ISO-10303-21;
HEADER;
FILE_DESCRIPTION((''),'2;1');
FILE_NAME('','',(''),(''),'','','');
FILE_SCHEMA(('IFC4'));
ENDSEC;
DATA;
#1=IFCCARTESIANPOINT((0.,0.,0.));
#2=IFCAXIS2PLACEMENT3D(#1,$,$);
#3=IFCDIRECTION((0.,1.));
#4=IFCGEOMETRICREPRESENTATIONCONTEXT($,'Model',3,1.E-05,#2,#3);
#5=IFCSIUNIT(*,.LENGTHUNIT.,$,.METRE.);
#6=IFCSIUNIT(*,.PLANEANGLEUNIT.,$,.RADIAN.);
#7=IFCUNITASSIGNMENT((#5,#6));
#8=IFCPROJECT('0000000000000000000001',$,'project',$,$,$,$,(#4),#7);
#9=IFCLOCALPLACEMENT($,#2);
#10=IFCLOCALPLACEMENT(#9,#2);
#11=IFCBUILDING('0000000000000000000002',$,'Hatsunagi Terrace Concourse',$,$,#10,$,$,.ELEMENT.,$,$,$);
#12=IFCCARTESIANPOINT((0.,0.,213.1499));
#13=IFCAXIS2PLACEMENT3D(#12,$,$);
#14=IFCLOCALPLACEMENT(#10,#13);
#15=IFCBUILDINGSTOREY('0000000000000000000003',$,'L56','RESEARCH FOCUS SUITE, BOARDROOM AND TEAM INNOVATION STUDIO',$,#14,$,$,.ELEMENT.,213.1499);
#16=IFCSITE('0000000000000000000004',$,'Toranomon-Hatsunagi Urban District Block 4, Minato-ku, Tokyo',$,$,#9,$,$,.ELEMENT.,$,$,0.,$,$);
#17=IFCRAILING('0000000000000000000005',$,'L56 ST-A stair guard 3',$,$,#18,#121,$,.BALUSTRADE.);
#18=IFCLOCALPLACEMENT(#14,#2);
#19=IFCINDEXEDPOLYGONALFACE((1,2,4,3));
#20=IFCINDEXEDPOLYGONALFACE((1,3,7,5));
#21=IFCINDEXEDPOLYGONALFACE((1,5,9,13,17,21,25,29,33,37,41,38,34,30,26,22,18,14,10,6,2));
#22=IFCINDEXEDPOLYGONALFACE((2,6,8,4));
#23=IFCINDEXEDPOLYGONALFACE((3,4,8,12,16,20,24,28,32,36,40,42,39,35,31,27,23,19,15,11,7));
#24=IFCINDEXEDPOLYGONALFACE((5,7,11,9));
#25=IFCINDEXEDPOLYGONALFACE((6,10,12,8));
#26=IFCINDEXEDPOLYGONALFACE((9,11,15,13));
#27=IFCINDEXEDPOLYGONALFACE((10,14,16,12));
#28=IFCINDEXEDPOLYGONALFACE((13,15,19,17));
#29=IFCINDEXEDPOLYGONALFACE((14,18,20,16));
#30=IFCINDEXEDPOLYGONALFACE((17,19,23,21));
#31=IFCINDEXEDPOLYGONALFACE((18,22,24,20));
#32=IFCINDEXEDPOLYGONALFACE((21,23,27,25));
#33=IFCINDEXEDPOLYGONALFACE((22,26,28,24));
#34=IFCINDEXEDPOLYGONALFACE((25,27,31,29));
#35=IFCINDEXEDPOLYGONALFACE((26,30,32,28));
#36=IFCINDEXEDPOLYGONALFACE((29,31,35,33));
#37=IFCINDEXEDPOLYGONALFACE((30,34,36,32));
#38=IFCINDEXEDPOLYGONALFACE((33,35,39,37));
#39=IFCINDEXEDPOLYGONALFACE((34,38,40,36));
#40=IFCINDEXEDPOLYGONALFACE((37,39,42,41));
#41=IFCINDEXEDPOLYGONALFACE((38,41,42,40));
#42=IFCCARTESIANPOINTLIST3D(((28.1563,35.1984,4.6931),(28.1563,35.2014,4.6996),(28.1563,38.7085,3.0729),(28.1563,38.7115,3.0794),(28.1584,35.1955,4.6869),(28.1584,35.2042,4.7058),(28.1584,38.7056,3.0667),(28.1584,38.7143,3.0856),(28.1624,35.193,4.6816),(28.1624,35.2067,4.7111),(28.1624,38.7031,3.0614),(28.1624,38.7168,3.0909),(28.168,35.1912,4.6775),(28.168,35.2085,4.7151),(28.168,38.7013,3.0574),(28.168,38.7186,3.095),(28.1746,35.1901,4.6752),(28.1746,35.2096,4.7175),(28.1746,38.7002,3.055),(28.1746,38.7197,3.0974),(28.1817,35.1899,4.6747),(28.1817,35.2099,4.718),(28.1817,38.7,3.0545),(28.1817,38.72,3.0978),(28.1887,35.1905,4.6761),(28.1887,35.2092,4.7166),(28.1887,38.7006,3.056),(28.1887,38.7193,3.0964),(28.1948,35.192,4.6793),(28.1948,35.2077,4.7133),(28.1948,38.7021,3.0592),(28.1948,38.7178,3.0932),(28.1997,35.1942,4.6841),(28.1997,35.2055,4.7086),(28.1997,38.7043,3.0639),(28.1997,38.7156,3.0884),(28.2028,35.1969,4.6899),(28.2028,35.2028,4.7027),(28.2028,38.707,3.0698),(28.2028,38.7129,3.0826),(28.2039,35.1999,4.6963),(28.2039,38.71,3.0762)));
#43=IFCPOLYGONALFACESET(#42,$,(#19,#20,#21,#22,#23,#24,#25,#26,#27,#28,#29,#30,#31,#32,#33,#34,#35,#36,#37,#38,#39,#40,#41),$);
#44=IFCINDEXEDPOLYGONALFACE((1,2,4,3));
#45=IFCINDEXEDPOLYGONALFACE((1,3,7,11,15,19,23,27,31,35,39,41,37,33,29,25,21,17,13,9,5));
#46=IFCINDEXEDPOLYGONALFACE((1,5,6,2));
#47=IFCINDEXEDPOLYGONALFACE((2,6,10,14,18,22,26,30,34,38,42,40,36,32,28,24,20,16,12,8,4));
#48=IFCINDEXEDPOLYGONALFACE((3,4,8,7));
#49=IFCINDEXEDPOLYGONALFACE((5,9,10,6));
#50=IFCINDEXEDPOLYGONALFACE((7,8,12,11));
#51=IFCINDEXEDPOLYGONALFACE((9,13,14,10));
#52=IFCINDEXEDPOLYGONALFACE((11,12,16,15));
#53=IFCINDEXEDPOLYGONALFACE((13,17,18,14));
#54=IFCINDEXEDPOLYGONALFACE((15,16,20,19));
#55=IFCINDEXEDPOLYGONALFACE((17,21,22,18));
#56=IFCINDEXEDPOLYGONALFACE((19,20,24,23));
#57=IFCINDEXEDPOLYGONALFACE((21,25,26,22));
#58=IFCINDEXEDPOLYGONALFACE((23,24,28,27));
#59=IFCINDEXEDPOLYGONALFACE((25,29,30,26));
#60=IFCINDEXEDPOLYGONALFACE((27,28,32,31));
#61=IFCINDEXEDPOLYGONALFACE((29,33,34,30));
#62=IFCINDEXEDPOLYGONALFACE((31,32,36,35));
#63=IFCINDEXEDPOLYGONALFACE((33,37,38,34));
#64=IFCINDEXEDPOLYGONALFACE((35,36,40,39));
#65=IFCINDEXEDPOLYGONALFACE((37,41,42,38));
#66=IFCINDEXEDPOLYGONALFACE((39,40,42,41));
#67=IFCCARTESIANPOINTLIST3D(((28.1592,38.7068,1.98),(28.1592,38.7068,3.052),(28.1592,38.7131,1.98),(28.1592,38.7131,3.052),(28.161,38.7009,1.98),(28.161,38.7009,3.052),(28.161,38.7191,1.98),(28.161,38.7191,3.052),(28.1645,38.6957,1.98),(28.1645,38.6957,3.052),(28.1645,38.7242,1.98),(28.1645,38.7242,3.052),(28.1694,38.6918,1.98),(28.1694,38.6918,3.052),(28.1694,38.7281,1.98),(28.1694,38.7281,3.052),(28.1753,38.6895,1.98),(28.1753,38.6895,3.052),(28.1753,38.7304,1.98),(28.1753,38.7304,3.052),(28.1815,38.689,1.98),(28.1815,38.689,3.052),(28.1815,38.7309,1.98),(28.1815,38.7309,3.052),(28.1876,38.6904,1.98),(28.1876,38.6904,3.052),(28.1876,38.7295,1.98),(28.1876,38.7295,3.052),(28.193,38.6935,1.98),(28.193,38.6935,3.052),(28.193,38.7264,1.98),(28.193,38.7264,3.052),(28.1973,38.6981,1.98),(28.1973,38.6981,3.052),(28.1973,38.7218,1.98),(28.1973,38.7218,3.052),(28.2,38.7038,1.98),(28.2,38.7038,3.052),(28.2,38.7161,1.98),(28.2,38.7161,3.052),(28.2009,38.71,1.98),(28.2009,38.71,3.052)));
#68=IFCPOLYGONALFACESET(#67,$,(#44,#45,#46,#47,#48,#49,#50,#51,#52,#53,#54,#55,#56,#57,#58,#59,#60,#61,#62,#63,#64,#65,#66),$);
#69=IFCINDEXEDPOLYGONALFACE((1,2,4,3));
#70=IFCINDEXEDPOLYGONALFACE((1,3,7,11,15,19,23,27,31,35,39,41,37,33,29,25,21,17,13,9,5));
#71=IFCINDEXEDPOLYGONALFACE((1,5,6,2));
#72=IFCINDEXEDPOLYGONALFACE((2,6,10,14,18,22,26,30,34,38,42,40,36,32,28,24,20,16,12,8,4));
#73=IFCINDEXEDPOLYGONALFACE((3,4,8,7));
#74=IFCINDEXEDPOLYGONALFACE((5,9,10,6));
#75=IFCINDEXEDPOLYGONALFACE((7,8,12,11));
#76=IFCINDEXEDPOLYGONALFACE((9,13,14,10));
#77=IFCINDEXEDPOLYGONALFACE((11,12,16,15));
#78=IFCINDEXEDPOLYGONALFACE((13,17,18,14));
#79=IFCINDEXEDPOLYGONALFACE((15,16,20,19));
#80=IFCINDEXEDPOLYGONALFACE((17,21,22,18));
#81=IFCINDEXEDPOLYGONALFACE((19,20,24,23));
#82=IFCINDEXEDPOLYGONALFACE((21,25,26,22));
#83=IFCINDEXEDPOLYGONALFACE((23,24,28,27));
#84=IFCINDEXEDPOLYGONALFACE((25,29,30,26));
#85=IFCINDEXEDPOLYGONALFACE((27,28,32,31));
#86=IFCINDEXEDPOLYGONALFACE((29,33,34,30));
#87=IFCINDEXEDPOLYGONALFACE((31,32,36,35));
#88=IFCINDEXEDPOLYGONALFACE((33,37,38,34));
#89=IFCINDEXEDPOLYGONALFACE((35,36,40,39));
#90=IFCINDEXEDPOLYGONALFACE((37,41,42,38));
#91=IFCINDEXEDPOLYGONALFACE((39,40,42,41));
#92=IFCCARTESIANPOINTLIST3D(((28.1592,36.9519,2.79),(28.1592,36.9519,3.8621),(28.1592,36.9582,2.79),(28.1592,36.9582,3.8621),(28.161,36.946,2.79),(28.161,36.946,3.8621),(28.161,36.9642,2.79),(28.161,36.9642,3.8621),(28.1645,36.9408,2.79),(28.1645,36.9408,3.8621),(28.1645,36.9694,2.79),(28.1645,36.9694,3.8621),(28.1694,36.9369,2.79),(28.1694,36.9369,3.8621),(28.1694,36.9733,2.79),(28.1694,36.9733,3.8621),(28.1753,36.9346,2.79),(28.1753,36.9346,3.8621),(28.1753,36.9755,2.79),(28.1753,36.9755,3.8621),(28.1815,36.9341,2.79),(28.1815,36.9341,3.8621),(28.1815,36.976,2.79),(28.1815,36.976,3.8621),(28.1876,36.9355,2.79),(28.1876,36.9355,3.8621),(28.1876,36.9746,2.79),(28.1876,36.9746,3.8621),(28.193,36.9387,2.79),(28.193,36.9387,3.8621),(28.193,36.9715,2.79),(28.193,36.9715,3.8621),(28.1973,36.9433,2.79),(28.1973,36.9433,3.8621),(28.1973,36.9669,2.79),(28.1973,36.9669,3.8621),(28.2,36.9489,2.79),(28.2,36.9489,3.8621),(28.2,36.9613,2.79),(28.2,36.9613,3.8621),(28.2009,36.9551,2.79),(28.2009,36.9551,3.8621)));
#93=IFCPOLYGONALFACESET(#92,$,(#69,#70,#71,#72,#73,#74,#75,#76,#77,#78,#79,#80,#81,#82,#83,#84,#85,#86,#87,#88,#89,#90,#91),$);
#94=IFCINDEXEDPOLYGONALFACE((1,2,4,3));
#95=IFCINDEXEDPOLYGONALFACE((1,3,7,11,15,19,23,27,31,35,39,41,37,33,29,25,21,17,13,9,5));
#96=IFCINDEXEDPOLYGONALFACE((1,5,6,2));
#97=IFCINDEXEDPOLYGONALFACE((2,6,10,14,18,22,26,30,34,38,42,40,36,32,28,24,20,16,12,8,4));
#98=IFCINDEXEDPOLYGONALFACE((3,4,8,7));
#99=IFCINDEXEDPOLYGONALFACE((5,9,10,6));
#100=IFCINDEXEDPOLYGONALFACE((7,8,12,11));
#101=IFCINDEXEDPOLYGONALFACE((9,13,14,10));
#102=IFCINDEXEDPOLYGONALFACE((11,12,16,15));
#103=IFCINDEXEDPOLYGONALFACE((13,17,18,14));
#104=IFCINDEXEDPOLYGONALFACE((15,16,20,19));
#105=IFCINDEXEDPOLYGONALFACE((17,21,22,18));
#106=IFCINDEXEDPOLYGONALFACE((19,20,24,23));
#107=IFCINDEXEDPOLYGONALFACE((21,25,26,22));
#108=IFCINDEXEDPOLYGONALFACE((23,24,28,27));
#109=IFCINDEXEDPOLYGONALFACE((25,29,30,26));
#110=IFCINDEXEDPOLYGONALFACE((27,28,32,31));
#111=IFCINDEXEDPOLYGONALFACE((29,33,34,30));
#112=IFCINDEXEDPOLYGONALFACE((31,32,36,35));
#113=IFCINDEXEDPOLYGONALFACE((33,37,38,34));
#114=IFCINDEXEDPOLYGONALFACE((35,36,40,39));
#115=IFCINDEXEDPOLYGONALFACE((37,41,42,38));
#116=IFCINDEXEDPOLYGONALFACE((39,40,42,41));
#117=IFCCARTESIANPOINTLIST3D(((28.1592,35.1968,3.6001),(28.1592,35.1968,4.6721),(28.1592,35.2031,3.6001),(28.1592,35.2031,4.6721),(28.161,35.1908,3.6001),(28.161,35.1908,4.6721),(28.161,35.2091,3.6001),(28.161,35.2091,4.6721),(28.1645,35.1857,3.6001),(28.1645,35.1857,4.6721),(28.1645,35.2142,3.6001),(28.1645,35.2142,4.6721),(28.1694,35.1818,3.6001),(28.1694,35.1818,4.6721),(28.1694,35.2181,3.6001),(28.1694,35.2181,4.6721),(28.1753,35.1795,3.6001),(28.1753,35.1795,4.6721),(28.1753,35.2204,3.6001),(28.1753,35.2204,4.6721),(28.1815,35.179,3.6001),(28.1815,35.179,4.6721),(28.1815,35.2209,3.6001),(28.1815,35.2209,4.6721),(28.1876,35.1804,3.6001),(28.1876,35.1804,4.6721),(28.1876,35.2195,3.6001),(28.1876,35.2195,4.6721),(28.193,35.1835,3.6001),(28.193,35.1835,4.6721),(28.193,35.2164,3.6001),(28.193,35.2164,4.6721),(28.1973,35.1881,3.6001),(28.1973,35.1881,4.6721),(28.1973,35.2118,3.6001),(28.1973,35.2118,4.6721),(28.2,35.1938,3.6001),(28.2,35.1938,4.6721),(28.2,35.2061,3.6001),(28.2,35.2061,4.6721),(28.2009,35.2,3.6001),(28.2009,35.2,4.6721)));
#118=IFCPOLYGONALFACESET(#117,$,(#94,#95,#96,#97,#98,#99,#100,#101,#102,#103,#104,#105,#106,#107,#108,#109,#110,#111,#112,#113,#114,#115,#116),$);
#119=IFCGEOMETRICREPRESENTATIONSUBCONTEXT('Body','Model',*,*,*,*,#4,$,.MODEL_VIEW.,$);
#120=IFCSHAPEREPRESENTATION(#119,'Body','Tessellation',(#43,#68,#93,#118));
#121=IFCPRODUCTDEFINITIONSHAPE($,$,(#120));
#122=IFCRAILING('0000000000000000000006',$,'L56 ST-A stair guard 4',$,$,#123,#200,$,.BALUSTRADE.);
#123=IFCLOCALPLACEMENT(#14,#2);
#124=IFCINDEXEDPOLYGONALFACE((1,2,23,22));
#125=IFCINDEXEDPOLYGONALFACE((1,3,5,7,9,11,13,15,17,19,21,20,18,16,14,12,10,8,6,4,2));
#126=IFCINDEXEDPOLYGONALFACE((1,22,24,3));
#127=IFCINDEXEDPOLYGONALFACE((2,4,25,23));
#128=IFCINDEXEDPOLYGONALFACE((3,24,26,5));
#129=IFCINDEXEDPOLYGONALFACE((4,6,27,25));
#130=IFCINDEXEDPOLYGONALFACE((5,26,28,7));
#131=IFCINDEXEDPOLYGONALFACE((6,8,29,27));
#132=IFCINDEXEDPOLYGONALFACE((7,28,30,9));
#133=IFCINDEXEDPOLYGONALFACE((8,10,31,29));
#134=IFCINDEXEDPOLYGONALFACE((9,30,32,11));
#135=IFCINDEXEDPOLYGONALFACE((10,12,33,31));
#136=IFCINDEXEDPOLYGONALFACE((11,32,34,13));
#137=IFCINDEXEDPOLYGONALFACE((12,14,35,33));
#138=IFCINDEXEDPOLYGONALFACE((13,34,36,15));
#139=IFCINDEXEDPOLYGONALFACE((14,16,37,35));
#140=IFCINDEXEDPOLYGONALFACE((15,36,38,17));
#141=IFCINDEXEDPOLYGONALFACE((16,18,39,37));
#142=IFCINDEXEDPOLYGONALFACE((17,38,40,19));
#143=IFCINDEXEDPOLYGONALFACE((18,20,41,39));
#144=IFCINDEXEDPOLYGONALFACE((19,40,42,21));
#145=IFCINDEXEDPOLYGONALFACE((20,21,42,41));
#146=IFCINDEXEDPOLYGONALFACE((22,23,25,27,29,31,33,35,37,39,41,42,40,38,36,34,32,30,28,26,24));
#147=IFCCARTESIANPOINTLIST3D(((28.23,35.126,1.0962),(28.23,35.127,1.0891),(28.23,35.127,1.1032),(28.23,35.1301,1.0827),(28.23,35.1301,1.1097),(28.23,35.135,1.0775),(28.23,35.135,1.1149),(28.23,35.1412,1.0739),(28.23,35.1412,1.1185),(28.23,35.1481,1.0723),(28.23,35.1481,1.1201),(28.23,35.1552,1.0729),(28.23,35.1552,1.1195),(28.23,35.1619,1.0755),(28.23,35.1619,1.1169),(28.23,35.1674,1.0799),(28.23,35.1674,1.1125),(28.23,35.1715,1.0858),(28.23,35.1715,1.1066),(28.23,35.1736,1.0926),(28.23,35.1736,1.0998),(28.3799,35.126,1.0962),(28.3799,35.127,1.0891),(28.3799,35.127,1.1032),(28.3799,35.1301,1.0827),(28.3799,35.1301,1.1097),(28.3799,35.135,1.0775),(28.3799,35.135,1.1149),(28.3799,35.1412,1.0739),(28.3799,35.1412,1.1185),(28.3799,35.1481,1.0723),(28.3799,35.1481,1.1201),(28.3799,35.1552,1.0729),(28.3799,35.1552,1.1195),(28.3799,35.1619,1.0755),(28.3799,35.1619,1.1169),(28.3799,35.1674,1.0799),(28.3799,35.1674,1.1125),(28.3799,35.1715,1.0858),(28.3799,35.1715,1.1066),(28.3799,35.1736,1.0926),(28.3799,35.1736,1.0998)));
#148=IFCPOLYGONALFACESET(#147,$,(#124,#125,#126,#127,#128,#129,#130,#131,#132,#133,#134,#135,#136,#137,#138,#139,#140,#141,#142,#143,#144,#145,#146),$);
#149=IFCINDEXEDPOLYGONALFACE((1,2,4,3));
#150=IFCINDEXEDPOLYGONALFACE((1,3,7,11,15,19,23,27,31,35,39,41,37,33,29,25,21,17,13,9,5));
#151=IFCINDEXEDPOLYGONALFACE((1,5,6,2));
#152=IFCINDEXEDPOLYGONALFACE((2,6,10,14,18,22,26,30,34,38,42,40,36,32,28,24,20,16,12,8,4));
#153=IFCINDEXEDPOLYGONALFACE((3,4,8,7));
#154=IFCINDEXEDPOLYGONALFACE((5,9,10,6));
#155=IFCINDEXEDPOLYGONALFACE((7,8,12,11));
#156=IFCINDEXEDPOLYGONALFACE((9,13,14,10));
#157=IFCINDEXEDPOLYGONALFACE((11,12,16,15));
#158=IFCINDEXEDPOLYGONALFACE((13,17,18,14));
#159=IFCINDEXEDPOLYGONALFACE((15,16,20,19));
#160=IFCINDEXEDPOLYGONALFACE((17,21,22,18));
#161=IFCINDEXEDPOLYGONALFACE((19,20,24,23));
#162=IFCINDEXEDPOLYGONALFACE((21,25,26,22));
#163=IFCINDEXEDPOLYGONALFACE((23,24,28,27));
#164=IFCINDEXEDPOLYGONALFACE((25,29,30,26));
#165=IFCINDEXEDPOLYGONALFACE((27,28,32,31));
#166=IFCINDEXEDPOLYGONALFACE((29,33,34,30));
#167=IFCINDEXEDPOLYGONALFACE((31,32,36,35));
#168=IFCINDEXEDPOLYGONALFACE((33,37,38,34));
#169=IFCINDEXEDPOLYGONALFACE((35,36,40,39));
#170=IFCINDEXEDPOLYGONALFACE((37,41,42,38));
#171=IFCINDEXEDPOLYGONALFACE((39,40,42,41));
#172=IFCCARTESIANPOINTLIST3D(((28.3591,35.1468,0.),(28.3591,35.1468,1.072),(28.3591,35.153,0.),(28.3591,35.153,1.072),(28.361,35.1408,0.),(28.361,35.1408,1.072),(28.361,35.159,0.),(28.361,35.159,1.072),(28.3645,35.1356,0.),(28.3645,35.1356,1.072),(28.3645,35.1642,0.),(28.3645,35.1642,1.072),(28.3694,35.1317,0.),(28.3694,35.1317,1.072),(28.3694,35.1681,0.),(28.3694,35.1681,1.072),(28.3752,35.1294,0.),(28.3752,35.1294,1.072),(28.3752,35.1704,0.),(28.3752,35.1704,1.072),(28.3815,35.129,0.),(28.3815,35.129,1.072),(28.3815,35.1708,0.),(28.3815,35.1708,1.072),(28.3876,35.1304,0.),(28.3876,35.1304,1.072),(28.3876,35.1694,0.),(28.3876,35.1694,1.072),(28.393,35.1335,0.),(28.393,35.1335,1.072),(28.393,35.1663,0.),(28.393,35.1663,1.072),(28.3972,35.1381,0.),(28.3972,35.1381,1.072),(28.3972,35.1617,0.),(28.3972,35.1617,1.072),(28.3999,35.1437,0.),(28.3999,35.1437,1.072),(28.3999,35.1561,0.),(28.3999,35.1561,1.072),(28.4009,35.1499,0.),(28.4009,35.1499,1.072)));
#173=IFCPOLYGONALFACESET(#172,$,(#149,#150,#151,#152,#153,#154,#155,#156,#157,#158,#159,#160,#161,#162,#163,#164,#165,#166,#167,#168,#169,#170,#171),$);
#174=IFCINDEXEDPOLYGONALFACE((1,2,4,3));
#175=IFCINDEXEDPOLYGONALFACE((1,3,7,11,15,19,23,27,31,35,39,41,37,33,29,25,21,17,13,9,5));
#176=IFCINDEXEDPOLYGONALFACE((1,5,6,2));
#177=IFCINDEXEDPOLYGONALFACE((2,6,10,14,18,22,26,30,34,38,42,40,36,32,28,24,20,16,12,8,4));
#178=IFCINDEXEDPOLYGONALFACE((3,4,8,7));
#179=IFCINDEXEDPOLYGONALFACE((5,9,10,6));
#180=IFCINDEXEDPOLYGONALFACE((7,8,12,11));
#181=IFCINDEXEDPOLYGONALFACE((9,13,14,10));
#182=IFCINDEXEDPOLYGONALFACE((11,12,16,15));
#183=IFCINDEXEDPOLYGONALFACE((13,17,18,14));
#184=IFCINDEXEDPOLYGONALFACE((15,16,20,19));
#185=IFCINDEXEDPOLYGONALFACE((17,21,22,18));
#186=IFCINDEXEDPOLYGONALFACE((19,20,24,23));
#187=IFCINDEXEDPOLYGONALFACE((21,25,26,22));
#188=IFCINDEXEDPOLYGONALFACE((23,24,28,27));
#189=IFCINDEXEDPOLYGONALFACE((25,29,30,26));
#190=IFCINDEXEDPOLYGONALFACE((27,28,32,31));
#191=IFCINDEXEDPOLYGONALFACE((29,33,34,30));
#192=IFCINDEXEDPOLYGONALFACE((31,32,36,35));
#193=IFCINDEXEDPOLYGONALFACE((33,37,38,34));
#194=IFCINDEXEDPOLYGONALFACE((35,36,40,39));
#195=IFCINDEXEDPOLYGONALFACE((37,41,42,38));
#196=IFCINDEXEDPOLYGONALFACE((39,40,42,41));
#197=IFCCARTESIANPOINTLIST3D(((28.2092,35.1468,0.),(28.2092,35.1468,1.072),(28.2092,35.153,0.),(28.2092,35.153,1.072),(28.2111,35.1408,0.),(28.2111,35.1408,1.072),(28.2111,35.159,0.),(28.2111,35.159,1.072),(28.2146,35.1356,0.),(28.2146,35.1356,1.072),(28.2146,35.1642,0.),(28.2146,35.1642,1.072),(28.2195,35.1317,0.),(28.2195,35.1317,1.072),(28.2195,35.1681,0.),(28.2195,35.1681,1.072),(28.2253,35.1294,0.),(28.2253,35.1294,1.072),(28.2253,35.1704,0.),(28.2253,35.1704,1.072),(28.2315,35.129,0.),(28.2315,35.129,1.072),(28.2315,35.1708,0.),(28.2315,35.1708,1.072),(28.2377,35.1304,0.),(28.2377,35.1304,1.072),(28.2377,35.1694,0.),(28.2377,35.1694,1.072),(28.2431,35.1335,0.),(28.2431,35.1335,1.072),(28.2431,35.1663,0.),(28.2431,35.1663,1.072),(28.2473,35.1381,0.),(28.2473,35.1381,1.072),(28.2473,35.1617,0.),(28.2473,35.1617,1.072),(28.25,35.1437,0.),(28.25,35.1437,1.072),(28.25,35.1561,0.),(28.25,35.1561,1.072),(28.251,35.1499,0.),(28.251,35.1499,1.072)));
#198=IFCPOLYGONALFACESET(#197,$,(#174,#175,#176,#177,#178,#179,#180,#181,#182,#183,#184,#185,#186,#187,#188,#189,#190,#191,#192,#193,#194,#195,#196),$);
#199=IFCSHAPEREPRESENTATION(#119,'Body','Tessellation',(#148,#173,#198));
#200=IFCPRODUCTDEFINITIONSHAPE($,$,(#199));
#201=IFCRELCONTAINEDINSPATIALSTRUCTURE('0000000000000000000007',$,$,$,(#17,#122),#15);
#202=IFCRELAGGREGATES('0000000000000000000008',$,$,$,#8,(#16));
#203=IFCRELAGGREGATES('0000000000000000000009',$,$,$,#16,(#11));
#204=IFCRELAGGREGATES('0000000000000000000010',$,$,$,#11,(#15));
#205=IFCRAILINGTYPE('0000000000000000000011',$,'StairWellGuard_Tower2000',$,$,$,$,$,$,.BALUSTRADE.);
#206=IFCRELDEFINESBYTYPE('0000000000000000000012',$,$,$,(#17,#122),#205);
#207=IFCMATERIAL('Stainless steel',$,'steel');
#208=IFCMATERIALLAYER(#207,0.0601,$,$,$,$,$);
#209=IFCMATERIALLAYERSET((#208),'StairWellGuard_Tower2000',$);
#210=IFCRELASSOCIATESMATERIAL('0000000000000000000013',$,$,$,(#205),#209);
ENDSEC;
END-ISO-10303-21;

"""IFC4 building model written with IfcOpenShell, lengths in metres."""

from ifc_helpers import new_model, si_unit, direction, frame, origin, origin_2d, place, context, subcontext, project, spatial, circle, extrude, material, layer, layer_set, type_object, element, save


model = new_model("IFC4")

# Units and contexts
model_context = context("Model", 3, precision=1e-05, world=origin(), true_north=direction((0.0, 1.0)))
body_context = subcontext(model_context, "Body", "Model", "MODEL_VIEW")
ifc_project = project(units=[si_unit("LENGTHUNIT", "METRE"), si_unit("PLANEANGLEUNIT", "RADIAN")], contexts=[model_context])

# Site, building, storey
site_placement = place(None, origin())
site = spatial("IfcSite", under=ifc_project, at=site_placement, Name="Toranomon-Hatsunagi Urban District Block 4, Minato-ku, Tokyo", CompositionType="ELEMENT", RefElevation=0.0)
building_placement = place(site_placement, origin())
building = spatial("IfcBuilding", under=site, at=building_placement, Name="Hatsunagi Terrace Concourse", CompositionType="ELEMENT")
storey_placement = place(building_placement, frame((0.0, 0.0, 213.1499)))
storey = spatial("IfcBuildingStorey", under=building, at=storey_placement, Name="L56", Description="RESEARCH FOCUS SUITE, BOARDROOM AND TEAM INNOVATION STUDIO", CompositionType="ELEMENT", Elevation=213.1499)

# Railings
ifc_material_1 = material(Name="Stainless steel", Category="steel")
ifc_layer_1 = layer(ifc_material_1, 0.0601)
ifc_layer_set_1 = layer_set([ifc_layer_1], Name="StairWellGuard_Tower2000")
railing_type_1 = type_object("IfcRailingType", Name="StairWellGuard_Tower2000", PredefinedType="BALUSTRADE", material=ifc_layer_set_1)
railing_1_placement = place(storey_placement, frame((28.1799, 38.71, 1.98)))
element("IfcRailing", 1, at=railing_1_placement, inside=storey, type_object=railing_type_1, Name="L56 ST-A stair guard 3", PredefinedType="BALUSTRADE", context=body_context, shape_type="SweptSolid", body=[
    extrude(circle(Radius=0.0239, at=origin_2d()), frame((0.0, 0.0, 1.0962), z_axis=(0.0, -0.907948, 0.419082), x_axis=(1.0, 0.0, 0.0)), (0.0, 0.0, 1.0), 3.866),
    extrude(circle(Radius=0.021, at=origin_2d()), origin(), (0.0, 0.0, 1.0), 1.072),
    extrude(circle(Radius=0.021, at=origin_2d()), frame((0.0, -1.7549, 0.8101)), (0.0, 0.0, 1.0), 1.072),
    extrude(circle(Radius=0.021, at=origin_2d()), frame((0.0, -3.51, 1.6201)), (0.0, 0.0, 1.0), 1.072),
])
railing_2_placement = place(storey_placement, frame((28.3799, 35.1499, 0.0)))
element("IfcRailing", 2, at=railing_2_placement, inside=storey, type_object=railing_type_1, Name="L56 ST-A stair guard 4", PredefinedType="BALUSTRADE", context=body_context, shape_type="SweptSolid", body=[
    extrude(circle(Radius=0.0239, at=origin_2d()), frame((0.0, 0.0, 1.0962), z_axis=(-1.0, 0.0, 0.0), x_axis=(0.0, -1.0, 0.0)), (0.0, 0.0, 1.0), 0.1499),
    extrude(circle(Radius=0.021, at=origin_2d()), origin(), (0.0, 0.0, 1.0), 1.072),
    extrude(circle(Radius=0.021, at=origin_2d()), frame((-0.1499, 0.0, 0.0)), (0.0, 0.0, 1.0), 1.072),
])

save(model, "model.ifc")
